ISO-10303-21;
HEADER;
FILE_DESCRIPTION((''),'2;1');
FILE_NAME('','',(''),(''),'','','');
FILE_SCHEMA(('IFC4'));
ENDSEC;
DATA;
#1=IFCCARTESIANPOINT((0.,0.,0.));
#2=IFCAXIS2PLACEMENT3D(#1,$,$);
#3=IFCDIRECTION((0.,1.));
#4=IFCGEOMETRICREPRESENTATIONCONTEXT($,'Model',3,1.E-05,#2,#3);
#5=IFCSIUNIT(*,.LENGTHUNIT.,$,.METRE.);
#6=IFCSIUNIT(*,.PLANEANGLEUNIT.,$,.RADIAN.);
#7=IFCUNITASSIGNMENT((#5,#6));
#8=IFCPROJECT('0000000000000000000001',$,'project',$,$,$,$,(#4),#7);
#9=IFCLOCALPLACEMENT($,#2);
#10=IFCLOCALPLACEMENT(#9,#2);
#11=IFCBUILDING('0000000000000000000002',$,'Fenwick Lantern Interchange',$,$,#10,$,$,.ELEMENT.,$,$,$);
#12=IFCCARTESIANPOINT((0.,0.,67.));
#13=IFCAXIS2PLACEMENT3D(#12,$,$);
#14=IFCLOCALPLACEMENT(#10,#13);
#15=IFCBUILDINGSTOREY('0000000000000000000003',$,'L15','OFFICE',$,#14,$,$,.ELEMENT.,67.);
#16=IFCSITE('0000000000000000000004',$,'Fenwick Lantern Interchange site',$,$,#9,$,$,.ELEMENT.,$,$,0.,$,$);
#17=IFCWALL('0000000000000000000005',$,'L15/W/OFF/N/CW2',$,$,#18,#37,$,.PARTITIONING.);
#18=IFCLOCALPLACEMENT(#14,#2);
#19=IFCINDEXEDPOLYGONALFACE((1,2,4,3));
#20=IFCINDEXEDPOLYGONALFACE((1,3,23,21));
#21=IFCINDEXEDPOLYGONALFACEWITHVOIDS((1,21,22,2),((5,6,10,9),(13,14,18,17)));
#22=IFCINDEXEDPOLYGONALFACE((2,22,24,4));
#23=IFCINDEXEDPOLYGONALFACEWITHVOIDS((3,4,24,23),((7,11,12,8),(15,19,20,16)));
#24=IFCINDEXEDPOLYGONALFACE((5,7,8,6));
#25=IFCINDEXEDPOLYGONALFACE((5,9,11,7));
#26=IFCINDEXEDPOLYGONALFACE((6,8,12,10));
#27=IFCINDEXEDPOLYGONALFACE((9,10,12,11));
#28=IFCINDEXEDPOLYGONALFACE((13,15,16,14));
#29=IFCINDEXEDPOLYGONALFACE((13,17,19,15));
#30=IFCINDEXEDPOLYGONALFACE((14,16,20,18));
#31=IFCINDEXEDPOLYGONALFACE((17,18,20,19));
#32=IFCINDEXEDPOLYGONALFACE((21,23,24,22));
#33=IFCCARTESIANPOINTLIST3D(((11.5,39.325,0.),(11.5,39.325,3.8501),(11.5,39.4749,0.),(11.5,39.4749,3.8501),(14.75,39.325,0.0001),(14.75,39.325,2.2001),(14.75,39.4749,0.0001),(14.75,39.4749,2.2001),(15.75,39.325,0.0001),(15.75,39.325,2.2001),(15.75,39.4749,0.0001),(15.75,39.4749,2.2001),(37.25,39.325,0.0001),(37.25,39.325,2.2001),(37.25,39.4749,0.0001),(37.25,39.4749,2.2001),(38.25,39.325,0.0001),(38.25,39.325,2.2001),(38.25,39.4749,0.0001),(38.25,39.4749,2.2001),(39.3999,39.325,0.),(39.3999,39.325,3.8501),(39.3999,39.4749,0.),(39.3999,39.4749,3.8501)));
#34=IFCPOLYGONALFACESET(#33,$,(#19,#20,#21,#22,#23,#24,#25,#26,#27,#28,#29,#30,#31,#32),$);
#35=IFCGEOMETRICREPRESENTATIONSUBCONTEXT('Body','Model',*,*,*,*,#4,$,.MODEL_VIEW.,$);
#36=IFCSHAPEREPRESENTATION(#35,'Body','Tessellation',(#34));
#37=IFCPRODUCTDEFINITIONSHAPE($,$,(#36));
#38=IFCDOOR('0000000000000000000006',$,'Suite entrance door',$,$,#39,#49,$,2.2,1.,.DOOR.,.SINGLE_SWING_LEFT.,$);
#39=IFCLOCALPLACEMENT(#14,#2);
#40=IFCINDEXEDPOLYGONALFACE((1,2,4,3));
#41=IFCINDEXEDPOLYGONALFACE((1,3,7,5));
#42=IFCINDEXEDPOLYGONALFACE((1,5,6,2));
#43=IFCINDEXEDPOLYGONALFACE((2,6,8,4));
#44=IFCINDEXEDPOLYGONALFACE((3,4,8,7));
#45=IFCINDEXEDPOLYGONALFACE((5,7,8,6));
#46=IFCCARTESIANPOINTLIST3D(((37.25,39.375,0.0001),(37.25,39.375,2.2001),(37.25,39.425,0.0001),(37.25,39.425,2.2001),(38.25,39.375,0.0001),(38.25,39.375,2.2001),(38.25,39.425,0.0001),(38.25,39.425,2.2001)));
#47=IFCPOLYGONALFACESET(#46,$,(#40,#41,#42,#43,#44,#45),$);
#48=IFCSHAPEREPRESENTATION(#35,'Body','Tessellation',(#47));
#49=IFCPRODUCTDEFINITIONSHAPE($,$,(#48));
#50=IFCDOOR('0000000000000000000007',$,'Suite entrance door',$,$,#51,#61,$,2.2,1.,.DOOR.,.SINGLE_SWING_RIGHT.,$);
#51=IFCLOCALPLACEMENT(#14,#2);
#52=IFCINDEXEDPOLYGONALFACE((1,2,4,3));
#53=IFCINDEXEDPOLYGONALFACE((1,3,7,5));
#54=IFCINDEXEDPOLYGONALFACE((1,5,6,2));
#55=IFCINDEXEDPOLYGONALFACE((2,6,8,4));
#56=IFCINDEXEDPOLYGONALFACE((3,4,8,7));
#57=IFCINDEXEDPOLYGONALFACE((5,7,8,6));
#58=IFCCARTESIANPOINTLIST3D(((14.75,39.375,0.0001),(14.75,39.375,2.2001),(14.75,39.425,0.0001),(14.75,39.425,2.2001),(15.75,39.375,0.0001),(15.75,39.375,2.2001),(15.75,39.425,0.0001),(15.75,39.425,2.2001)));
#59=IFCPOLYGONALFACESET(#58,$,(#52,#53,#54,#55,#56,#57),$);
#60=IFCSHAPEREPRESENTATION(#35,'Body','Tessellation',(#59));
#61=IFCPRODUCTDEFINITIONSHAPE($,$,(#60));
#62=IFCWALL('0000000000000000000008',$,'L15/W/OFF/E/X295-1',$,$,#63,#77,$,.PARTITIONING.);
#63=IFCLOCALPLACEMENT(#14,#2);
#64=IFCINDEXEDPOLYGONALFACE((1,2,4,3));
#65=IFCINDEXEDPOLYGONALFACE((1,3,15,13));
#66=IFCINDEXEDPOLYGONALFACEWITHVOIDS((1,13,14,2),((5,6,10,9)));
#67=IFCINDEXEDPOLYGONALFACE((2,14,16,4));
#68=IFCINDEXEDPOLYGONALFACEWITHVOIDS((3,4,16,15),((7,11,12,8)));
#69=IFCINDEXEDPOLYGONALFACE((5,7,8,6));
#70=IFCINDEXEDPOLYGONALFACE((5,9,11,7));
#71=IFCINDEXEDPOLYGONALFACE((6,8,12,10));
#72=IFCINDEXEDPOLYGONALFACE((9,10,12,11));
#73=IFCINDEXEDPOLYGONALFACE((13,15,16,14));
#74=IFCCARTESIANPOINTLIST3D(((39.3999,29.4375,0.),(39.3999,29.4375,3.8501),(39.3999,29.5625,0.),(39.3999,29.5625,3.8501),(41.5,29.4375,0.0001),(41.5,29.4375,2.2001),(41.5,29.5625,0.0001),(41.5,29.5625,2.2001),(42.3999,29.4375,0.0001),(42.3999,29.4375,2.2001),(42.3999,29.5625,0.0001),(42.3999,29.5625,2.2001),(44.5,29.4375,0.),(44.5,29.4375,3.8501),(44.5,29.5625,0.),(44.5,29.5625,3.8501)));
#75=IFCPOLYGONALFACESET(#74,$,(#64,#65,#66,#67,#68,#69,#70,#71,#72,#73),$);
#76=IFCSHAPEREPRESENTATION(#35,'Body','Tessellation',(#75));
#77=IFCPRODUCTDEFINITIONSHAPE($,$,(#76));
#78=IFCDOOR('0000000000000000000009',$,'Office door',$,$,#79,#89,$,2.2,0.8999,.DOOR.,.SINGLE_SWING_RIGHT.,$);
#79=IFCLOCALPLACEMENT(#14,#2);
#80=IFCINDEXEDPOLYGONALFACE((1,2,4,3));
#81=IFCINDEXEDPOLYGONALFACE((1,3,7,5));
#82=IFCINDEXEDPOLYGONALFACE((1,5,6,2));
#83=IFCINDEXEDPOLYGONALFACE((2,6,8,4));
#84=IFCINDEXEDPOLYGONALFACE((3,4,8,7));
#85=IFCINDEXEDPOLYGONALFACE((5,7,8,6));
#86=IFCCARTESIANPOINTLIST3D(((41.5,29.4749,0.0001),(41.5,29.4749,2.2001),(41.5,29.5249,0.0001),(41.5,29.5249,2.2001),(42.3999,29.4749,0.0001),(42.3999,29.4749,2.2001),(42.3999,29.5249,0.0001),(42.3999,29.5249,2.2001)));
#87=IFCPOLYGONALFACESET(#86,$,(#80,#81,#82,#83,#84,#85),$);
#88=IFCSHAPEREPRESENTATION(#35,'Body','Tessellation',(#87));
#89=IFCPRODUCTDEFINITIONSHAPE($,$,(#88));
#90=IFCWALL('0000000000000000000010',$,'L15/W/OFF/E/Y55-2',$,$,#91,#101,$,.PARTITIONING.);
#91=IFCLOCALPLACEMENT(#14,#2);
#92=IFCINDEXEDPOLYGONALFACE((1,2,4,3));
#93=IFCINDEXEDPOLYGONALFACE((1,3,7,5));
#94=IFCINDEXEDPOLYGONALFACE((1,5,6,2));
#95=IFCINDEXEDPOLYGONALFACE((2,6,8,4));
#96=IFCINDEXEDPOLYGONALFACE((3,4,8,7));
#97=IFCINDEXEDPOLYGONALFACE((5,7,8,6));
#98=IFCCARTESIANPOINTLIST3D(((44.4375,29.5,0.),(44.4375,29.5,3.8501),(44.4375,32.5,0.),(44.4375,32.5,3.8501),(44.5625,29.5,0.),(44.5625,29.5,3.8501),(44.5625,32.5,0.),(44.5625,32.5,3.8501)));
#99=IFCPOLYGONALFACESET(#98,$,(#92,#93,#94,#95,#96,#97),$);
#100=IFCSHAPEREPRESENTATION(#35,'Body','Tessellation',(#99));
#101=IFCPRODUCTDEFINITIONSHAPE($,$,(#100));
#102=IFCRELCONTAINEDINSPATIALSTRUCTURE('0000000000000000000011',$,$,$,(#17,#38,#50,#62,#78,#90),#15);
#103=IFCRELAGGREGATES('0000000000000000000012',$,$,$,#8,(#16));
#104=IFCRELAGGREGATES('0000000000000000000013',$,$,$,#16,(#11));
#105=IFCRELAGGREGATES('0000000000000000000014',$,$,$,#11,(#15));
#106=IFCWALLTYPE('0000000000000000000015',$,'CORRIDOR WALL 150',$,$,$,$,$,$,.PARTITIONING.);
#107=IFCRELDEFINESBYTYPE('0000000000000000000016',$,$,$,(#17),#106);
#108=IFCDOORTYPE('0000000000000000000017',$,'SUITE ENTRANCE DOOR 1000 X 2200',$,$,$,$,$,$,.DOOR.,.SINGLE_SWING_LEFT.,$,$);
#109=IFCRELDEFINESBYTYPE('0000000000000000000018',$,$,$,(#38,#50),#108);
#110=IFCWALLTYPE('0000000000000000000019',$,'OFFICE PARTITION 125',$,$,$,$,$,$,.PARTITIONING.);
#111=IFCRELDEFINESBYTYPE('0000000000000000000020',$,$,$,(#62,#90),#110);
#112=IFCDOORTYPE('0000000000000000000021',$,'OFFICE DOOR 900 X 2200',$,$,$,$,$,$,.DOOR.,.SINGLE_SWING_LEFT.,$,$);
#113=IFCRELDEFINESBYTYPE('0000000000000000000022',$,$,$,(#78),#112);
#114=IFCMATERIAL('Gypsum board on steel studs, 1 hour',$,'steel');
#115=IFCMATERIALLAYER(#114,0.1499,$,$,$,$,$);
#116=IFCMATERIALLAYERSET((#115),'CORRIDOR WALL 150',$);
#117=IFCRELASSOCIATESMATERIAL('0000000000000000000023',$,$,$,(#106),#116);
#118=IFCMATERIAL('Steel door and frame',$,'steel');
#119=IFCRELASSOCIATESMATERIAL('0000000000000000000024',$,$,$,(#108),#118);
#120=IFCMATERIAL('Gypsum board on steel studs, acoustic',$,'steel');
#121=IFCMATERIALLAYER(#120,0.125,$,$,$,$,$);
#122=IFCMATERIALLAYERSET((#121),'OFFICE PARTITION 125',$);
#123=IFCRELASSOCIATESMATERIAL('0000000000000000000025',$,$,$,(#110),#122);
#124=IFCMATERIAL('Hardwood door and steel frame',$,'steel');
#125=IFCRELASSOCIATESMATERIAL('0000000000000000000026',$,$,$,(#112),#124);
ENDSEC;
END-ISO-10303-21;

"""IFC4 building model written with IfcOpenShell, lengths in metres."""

from ifc_helpers import new_model, si_unit, direction, frame, frame_2d, origin, place, context, subcontext, project, spatial, rectangle, extrude, material, layer, layer_set, type_object, element, fill, save


model = new_model("IFC4")

# Units and contexts
model_context = context("Model", 3, precision=1e-05, world=origin(), true_north=direction((0.0, 1.0)))
body_context = subcontext(model_context, "Body", "Model", "MODEL_VIEW")
ifc_project = project(units=[si_unit("LENGTHUNIT", "METRE"), si_unit("PLANEANGLEUNIT", "RADIAN")], contexts=[model_context])

# Site, building, storey
site_placement = place(None, origin())
site = spatial("IfcSite", under=ifc_project, at=site_placement, Name="Fenwick Lantern Interchange site", CompositionType="ELEMENT", RefElevation=0.0)
building_placement = place(site_placement, origin())
building = spatial("IfcBuilding", under=site, at=building_placement, Name="Fenwick Lantern Interchange", CompositionType="ELEMENT")
storey_placement = place(building_placement, frame((0.0, 0.0, 67.0)))
storey = spatial("IfcBuildingStorey", under=building, at=storey_placement, Name="L15", Description="OFFICE", CompositionType="ELEMENT", Elevation=67.0)

# Wall, openings, doors
ifc_material_1 = material(Name="Steel door and frame", Category="steel")
ifc_material_2 = material(Name="Hardwood door and steel frame", Category="steel")
ifc_material_3 = material(Name="Gypsum board on steel studs, 1 hour", Category="steel")
ifc_layer_1 = layer(ifc_material_3, 0.1499)
ifc_layer_set_1 = layer_set([ifc_layer_1], Name="CORRIDOR WALL 150")
wall_type_1 = type_object("IfcWallType", Name="CORRIDOR WALL 150", PredefinedType="PARTITIONING", material=ifc_layer_set_1)
wall_1_placement = place(storey_placement, frame((39.3999, 39.3999, 0.0), z_axis=(0.0, 0.0, 1.0), x_axis=(-1.0, 0.0, 0.0)))
wall_1 = element("IfcWall", 1, at=wall_1_placement, inside=storey, type_object=wall_type_1, Name="L15/W/OFF/N/CW2", PredefinedType="PARTITIONING", context=body_context, shape_type="SweptSolid", body=[
    extrude(rectangle(XDim=27.8999, YDim=0.1499, at=frame_2d((13.95, 0.0))), origin(), (0.0, 0.0, 1.0), 3.8501),
])
opening_1_placement = place(wall_1_placement, frame((1.1499, 0.0, 0.0)))
opening_1 = element("IfcOpeningElement", 2, at=opening_1_placement, cuts=wall_1, PredefinedType="OPENING", context=body_context, shape_type="SweptSolid", body=[
    extrude(rectangle(XDim=1.0, YDim=2.2, at=frame_2d((0.5, 1.1001))), frame((0.0, 0.085, 0.0), z_axis=(0.0, -1.0, 0.0), x_axis=(1.0, 0.0, 0.0)), (0.0, 0.0, 1.0), 0.1699),
])
opening_2_placement = place(wall_1_placement, frame((23.6499, 0.0, 0.0)))
opening_2 = element("IfcOpeningElement", 3, at=opening_2_placement, cuts=wall_1, PredefinedType="OPENING", context=body_context, shape_type="SweptSolid", body=[
    extrude(rectangle(XDim=1.0, YDim=2.2, at=frame_2d((0.5, 1.1001))), frame((0.0, 0.085, 0.0), z_axis=(0.0, -1.0, 0.0), x_axis=(1.0, 0.0, 0.0)), (0.0, 0.0, 1.0), 0.1699),
])
door_type_1 = type_object("IfcDoorType", Name="SUITE ENTRANCE DOOR 1000 X 2200", OperationType="SINGLE_SWING_LEFT", PredefinedType="DOOR", material=ifc_material_1)
door_1_placement = place(opening_1_placement, origin())
door_1 = element("IfcDoor", 4, at=door_1_placement, inside=storey, type_object=door_type_1, Name="Suite entrance door", OperationType="SINGLE_SWING_LEFT", OverallHeight=2.2, OverallWidth=1.0, PredefinedType="DOOR", context=body_context, shape_type="SweptSolid", body=[
    extrude(rectangle(XDim=1.0, YDim=2.2, at=frame_2d((0.5, 1.1001))), frame((0.0, 0.0249, 0.0), z_axis=(0.0, -1.0, 0.0), x_axis=(1.0, 0.0, 0.0)), (0.0, 0.0, 1.0), 0.05),
])
fill(opening_1, door_1)
door_2_placement = place(opening_2_placement, origin())
door_2 = element("IfcDoor", 5, at=door_2_placement, inside=storey, type_object=door_type_1, Name="Suite entrance door", OperationType="SINGLE_SWING_RIGHT", OverallHeight=2.2, OverallWidth=1.0, PredefinedType="DOOR", context=body_context, shape_type="SweptSolid", body=[
    extrude(rectangle(XDim=1.0, YDim=2.2, at=frame_2d((0.5, 1.1001))), frame((0.0, 0.0249, 0.0), z_axis=(0.0, -1.0, 0.0), x_axis=(1.0, 0.0, 0.0)), (0.0, 0.0, 1.0), 0.05),
])
fill(opening_2, door_2)

# Wall, opening, door
ifc_material_4 = material(Name="Gypsum board on steel studs, acoustic", Category="steel")
ifc_layer_2 = layer(ifc_material_4, 0.125)
ifc_layer_set_2 = layer_set([ifc_layer_2], Name="OFFICE PARTITION 125")
wall_type_2 = type_object("IfcWallType", Name="OFFICE PARTITION 125", PredefinedType="PARTITIONING", material=ifc_layer_set_2)
wall_2_placement = place(storey_placement, frame((44.5, 29.5, 0.0), z_axis=(0.0, 0.0, 1.0), x_axis=(-1.0, 0.0, 0.0)))
wall_2 = element("IfcWall", 6, at=wall_2_placement, inside=storey, type_object=wall_type_2, Name="L15/W/OFF/E/X295-1", PredefinedType="PARTITIONING", context=body_context, shape_type="SweptSolid", body=[
    extrude(rectangle(XDim=5.1001, YDim=0.125, at=frame_2d((2.55, 0.0))), origin(), (0.0, 0.0, 1.0), 3.8501),
])
opening_3_placement = place(wall_2_placement, frame((2.1001, 0.0, 0.0)))
opening_3 = element("IfcOpeningElement", 7, at=opening_3_placement, cuts=wall_2, PredefinedType="OPENING", context=body_context, shape_type="SweptSolid", body=[
    extrude(rectangle(XDim=0.8999, YDim=2.2, at=frame_2d((0.45, 1.1001))), frame((0.0, 0.0725, 0.0), z_axis=(0.0, -1.0, 0.0), x_axis=(1.0, 0.0, 0.0)), (0.0, 0.0, 1.0), 0.145),
])
door_type_2 = type_object("IfcDoorType", Name="OFFICE DOOR 900 X 2200", OperationType="SINGLE_SWING_LEFT", PredefinedType="DOOR", material=ifc_material_2)
door_3_placement = place(opening_3_placement, frame((0.8999, 0.0, 0.0), z_axis=(0.0, 0.0, 1.0), x_axis=(-1.0, 0.0, 0.0)))
door_3 = element("IfcDoor", 8, at=door_3_placement, inside=storey, type_object=door_type_2, Name="Office door", OperationType="SINGLE_SWING_RIGHT", OverallHeight=2.2, OverallWidth=0.8999, PredefinedType="DOOR", context=body_context, shape_type="SweptSolid", body=[
    extrude(rectangle(XDim=0.8999, YDim=2.2, at=frame_2d((0.45, 1.1001))), frame((0.0, 0.0249, 0.0), z_axis=(0.0, -1.0, 0.0), x_axis=(1.0, 0.0, 0.0)), (0.0, 0.0, 1.0), 0.05),
])
fill(opening_3, door_3)

# Wall
wall_3_placement = place(storey_placement, frame((44.5, 29.5, 0.0), z_axis=(0.0, 0.0, 1.0), x_axis=(0.0, 1.0, 0.0)))
element("IfcWall", 9, at=wall_3_placement, inside=storey, type_object=wall_type_2, Name="L15/W/OFF/E/Y55-2", PredefinedType="PARTITIONING", context=body_context, shape_type="SweptSolid", body=[
    extrude(rectangle(XDim=3.0, YDim=0.125, at=frame_2d((1.5, 0.0))), origin(), (0.0, 0.0, 1.0), 3.8501),
])

save(model, "model.ifc")
